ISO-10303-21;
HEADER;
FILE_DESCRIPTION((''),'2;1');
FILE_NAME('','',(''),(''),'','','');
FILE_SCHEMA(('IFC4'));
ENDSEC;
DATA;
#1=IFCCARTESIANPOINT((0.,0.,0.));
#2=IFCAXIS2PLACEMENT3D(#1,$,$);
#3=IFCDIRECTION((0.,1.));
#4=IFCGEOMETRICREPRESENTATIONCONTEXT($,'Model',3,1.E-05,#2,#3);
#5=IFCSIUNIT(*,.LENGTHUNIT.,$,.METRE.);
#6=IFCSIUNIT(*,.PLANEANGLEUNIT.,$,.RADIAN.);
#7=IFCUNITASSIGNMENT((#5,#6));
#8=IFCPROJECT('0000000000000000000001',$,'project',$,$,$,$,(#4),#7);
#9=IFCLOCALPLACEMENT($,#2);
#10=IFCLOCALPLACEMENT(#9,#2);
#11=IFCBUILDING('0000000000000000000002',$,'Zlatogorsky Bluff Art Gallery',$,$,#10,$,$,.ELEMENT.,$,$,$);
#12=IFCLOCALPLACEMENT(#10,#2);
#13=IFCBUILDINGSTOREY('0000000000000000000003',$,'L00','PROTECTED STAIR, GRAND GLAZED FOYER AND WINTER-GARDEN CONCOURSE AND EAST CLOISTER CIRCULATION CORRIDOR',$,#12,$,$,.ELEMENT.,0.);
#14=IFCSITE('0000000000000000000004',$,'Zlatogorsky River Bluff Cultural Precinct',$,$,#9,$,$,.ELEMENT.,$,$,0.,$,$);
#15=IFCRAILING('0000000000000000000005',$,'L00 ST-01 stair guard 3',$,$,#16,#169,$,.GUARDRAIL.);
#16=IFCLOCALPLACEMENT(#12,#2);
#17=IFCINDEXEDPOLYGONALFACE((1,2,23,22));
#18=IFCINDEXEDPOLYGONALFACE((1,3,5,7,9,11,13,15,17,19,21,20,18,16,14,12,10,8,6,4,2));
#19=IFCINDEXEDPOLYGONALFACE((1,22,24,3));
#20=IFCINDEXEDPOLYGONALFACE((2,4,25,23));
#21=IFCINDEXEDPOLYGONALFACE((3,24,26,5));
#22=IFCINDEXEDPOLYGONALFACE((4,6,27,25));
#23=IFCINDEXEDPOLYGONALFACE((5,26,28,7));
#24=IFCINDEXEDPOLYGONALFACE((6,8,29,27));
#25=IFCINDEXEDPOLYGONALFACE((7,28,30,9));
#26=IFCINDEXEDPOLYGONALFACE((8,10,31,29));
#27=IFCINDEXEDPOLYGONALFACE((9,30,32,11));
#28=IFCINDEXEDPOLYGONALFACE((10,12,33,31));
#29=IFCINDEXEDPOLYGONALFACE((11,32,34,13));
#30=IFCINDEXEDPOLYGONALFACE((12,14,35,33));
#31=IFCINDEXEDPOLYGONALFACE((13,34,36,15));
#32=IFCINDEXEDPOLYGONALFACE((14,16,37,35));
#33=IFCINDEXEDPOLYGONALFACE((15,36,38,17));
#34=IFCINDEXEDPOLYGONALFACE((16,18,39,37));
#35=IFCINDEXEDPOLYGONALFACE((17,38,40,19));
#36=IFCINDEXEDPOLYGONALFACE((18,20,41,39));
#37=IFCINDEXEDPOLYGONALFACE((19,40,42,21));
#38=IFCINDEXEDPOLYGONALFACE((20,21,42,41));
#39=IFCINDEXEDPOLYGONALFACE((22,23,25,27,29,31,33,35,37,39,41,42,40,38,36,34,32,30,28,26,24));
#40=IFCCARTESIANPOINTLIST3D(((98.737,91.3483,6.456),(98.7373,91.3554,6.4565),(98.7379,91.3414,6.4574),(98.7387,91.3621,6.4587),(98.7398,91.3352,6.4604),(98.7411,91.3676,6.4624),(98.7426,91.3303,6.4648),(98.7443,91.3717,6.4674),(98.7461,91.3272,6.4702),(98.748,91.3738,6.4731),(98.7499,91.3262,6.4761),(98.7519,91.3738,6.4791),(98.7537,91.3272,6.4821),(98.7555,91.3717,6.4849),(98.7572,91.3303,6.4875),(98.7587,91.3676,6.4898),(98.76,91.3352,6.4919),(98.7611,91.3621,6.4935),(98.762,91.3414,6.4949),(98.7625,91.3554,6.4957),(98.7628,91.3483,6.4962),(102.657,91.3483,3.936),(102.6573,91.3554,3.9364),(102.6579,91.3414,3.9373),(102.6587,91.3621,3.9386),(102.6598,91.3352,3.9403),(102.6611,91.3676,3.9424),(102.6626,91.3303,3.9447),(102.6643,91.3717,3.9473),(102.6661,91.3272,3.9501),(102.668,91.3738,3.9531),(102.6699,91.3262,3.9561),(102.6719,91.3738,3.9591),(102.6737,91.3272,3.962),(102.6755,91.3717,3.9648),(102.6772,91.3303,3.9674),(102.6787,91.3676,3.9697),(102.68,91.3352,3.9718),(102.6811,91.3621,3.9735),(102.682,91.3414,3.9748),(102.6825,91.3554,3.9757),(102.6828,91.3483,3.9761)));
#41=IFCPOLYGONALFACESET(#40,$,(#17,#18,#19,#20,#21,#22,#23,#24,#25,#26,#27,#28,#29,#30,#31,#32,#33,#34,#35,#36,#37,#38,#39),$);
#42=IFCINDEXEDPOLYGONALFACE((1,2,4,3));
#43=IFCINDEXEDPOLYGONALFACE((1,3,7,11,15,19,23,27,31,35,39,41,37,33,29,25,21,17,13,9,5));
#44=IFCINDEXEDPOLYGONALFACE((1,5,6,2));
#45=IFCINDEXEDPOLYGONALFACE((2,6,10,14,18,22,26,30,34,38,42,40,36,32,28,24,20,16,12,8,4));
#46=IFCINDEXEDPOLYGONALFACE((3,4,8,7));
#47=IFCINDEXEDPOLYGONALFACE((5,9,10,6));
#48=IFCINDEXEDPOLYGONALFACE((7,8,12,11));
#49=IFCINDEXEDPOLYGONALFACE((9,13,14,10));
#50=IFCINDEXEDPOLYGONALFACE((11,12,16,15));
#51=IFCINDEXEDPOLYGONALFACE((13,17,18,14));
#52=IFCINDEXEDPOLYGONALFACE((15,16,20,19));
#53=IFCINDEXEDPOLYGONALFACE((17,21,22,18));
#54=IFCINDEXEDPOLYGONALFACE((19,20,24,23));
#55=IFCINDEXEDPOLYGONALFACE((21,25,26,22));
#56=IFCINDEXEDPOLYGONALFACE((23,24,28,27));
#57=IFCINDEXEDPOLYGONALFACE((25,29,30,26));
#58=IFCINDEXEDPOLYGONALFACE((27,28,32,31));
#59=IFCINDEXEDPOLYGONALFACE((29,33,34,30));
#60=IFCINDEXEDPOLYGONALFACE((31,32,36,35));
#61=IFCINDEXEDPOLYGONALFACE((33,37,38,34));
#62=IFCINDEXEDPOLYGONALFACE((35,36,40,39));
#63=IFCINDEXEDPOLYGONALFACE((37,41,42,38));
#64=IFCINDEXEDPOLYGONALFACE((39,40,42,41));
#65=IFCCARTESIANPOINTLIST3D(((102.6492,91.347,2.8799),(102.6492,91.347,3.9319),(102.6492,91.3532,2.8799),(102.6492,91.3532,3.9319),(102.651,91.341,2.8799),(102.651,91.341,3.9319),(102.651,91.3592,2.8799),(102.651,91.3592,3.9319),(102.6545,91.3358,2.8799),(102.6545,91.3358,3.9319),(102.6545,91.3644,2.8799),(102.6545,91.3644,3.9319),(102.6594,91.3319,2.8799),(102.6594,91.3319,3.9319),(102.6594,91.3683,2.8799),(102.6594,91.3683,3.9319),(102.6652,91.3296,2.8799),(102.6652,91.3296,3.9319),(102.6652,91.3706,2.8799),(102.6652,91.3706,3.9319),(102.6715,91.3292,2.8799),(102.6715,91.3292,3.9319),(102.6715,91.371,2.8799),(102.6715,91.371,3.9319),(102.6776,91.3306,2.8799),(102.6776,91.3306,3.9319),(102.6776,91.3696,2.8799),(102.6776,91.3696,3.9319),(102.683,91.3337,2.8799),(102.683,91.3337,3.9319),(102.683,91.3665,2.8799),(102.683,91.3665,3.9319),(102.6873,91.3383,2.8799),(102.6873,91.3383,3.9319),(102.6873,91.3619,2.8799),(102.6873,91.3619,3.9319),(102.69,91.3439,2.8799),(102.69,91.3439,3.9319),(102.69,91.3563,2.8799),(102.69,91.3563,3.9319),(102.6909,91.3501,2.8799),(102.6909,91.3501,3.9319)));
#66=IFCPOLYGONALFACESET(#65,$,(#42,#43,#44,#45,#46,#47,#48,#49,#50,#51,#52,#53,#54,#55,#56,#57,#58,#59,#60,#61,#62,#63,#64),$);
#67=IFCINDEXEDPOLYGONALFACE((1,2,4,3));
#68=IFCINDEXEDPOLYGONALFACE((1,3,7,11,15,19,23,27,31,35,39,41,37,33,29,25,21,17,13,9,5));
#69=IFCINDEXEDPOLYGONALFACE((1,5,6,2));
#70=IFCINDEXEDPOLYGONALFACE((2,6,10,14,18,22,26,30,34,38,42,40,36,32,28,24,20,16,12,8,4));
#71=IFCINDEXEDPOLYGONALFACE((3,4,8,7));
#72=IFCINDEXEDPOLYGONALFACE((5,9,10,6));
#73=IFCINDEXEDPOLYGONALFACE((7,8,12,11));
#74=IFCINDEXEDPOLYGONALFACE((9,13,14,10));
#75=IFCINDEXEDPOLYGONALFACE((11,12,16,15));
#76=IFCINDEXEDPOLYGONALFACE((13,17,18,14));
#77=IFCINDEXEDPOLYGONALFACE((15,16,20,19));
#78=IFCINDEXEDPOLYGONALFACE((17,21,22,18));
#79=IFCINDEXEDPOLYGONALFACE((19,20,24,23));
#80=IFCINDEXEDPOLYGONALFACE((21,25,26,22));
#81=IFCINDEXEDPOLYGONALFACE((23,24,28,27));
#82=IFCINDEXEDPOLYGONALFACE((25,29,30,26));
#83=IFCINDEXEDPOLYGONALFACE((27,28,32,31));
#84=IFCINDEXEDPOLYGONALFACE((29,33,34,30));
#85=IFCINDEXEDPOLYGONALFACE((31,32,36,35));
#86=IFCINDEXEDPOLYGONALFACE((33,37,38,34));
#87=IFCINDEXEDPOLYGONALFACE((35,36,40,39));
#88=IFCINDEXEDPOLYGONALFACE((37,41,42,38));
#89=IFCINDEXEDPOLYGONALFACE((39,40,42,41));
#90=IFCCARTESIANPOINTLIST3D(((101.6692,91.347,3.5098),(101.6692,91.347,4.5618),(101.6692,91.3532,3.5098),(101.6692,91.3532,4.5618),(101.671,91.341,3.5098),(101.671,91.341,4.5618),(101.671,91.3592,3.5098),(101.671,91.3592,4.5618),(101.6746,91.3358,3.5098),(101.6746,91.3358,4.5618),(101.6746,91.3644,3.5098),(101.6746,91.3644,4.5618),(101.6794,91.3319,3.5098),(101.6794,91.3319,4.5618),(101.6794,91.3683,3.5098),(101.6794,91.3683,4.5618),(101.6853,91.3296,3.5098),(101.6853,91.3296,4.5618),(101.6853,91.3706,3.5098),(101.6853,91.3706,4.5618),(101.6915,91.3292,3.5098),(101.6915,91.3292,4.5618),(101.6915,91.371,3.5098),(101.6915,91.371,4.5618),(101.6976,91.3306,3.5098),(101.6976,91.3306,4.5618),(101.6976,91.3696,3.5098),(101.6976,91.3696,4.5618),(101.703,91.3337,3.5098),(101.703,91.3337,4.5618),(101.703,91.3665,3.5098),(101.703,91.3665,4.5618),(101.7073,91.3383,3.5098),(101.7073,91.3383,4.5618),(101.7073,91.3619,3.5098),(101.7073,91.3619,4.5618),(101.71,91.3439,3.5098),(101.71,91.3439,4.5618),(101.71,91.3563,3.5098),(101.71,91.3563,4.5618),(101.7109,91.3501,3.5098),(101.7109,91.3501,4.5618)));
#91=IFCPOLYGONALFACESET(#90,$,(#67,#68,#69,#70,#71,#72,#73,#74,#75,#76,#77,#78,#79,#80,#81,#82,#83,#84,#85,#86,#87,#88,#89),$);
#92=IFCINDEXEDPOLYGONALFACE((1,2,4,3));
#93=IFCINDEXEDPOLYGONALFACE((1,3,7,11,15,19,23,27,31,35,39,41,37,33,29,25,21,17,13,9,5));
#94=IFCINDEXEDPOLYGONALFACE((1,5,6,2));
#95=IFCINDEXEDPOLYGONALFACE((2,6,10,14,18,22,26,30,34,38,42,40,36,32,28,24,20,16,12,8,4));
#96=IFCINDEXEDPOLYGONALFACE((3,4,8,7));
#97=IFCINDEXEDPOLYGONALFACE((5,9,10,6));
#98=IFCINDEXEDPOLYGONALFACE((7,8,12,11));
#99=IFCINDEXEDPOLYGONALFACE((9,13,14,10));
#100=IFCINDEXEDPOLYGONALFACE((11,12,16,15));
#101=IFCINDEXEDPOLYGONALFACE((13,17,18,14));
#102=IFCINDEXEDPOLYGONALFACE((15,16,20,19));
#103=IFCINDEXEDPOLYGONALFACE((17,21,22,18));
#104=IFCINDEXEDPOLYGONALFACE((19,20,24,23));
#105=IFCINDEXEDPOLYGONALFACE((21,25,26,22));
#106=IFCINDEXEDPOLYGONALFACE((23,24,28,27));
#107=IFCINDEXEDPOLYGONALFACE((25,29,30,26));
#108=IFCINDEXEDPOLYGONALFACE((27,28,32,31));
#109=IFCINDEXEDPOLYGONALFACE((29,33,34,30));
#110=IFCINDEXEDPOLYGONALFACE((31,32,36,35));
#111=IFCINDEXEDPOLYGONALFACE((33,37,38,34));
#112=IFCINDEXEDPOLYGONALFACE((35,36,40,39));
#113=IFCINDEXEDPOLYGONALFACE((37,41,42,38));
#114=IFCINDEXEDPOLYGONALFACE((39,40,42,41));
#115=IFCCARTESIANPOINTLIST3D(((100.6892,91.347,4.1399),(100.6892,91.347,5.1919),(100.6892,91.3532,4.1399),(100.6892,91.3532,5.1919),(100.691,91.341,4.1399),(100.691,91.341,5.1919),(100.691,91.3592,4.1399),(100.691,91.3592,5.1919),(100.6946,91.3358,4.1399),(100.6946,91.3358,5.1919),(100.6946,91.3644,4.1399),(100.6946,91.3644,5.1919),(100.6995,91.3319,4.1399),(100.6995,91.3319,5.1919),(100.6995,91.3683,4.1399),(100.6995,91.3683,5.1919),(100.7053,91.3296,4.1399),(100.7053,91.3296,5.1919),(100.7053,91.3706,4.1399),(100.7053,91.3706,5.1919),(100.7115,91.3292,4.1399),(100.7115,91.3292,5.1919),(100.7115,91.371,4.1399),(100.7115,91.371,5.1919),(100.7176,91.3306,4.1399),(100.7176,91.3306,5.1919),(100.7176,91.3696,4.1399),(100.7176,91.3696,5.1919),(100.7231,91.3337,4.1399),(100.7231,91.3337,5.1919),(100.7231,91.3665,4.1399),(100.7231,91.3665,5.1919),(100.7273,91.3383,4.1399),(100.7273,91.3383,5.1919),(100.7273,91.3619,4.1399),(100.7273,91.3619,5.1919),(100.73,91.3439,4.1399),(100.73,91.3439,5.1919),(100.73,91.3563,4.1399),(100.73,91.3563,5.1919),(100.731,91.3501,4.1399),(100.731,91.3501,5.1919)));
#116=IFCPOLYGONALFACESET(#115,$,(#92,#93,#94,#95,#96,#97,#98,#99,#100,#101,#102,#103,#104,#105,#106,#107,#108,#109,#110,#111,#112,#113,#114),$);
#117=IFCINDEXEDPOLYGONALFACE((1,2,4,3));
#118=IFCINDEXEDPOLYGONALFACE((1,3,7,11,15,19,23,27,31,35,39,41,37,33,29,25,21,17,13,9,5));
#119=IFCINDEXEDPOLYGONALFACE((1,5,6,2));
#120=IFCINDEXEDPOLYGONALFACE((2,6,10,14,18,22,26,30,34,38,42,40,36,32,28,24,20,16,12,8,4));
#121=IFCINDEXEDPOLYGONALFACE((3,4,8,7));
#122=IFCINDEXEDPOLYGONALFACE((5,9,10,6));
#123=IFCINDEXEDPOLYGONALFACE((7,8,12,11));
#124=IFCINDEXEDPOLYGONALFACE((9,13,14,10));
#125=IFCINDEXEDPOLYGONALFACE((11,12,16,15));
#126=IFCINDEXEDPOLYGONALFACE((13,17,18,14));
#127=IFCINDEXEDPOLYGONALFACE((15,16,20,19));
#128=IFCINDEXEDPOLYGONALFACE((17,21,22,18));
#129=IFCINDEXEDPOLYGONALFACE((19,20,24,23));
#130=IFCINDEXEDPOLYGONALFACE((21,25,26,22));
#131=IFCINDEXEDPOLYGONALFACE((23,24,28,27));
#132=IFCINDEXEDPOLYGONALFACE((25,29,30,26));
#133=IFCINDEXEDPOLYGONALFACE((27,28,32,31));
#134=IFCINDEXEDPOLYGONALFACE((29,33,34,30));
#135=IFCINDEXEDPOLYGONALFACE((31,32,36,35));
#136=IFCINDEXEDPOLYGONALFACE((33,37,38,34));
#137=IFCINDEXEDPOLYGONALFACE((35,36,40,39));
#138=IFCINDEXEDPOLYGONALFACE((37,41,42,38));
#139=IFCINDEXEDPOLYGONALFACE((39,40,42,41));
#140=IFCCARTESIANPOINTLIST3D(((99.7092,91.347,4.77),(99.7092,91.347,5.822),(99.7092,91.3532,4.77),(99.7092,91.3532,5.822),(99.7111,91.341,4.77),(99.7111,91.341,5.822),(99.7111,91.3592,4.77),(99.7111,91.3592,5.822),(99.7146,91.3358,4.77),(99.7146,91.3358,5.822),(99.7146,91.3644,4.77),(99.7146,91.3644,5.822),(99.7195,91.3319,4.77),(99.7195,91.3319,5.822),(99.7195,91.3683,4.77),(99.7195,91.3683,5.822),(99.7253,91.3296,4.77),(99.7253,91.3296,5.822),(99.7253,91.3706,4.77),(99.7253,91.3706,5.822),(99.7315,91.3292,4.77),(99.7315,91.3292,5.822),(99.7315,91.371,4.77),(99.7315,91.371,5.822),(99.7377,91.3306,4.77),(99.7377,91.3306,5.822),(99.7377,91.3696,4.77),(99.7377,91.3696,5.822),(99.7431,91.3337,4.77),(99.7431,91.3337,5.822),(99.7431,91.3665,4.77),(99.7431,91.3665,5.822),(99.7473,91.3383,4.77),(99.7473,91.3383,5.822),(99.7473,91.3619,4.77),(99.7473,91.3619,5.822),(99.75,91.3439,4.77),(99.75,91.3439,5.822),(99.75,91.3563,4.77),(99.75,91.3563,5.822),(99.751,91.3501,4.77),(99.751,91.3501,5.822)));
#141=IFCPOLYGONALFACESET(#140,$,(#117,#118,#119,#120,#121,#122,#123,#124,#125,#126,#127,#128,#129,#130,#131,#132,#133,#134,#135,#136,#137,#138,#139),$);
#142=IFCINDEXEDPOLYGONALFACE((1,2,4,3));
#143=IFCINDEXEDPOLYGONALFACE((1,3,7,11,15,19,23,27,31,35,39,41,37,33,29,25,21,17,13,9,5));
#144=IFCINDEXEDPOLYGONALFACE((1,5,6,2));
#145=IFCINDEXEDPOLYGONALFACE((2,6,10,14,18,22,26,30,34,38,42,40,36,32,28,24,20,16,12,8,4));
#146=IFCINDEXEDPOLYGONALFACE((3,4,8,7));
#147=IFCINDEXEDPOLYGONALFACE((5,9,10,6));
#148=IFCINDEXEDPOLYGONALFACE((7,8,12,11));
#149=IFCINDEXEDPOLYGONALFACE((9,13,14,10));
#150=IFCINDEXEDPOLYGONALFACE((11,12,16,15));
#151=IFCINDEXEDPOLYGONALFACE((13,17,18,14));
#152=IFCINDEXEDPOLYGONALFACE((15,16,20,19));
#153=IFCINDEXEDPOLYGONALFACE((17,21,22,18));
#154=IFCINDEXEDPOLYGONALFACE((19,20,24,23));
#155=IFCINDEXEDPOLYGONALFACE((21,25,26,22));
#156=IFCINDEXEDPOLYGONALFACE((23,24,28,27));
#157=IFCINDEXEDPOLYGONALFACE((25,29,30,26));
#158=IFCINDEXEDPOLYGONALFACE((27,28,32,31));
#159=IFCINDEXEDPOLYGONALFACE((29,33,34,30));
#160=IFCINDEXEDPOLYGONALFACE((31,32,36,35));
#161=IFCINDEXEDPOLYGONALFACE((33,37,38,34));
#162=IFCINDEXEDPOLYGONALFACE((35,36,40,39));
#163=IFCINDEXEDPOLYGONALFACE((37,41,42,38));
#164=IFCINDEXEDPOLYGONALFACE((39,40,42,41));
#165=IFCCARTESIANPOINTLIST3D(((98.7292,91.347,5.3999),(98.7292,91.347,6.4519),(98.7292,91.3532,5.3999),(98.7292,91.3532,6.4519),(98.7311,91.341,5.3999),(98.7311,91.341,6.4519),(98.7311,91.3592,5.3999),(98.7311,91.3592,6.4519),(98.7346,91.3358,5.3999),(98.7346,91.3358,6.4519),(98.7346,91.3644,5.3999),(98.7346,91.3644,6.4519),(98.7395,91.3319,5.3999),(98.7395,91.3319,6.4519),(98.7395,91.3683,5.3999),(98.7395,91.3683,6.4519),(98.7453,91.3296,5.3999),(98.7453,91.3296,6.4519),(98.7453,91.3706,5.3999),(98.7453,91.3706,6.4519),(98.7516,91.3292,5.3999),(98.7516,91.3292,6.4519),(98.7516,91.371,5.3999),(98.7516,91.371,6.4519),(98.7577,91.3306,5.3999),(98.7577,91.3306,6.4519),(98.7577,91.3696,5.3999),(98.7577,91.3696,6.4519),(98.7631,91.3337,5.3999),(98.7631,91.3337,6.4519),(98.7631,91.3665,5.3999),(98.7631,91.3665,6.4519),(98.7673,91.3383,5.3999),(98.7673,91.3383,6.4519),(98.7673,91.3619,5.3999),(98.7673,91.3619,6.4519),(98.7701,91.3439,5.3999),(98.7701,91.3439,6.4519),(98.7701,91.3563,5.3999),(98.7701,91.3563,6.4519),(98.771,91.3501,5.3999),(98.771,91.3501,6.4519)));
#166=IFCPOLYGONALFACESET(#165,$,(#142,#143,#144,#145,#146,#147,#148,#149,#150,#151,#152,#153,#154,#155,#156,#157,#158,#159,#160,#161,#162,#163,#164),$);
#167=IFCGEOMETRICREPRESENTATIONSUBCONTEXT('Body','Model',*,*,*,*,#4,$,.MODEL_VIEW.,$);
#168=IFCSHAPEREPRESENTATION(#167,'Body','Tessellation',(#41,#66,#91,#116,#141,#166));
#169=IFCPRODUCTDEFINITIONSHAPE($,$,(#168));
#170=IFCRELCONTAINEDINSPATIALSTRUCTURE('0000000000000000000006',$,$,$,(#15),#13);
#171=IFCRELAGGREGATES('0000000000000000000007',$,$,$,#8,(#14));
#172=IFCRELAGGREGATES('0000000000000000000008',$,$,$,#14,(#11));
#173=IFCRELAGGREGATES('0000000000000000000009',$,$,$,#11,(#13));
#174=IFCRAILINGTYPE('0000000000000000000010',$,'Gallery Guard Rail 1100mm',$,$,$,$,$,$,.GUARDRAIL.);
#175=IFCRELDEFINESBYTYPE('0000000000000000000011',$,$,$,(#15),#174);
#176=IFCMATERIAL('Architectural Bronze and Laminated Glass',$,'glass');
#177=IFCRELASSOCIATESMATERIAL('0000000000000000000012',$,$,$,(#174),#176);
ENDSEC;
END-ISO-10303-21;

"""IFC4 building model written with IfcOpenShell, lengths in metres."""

from ifc_helpers import new_model, si_unit, direction, frame, origin, origin_2d, place, context, subcontext, project, spatial, circle, extrude, material, type_object, element, save


model = new_model("IFC4")

# Units and contexts
model_context = context("Model", 3, precision=1e-05, world=origin(), true_north=direction((0.0, 1.0)))
body_context = subcontext(model_context, "Body", "Model", "MODEL_VIEW")
ifc_project = project(units=[si_unit("LENGTHUNIT", "METRE"), si_unit("PLANEANGLEUNIT", "RADIAN")], contexts=[model_context])

# Site, building, storey
site_placement = place(None, origin())
site = spatial("IfcSite", under=ifc_project, at=site_placement, Name="Zlatogorsky River Bluff Cultural Precinct", CompositionType="ELEMENT", RefElevation=0.0)
building_placement = place(site_placement, origin())
building = spatial("IfcBuilding", under=site, at=building_placement, Name="Zlatogorsky Bluff Art Gallery", CompositionType="ELEMENT")
storey_placement = place(building_placement, origin())
storey = spatial("IfcBuildingStorey", under=building, at=storey_placement, Name="L00", Description="PROTECTED STAIR, GRAND GLAZED FOYER AND WINTER-GARDEN CONCOURSE AND EAST CLOISTER CIRCULATION CORRIDOR", CompositionType="ELEMENT", Elevation=0.0)

# Railing
ifc_material_1 = material(Name="Architectural Bronze and Laminated Glass", Category="glass")
railing_type_1 = type_object("IfcRailingType", Name="Gallery Guard Rail 1100mm", PredefinedType="GUARDRAIL", material=ifc_material_1)
railing_1_placement = place(storey_placement, frame((102.6699, 91.3501, 2.8799)))
element("IfcRailing", 1, at=railing_1_placement, inside=storey, type_object=railing_type_1, Name="L00 ST-01 stair guard 3", PredefinedType="GUARDRAIL", context=body_context, shape_type="SweptSolid", body=[
    extrude(circle(Radius=0.0239, at=origin_2d()), frame((0.0, 0.0, 1.0762), z_axis=(-0.841172, 0.0, 0.540768), x_axis=(0.0, -1.0, 0.0)), (0.0, 0.0, 1.0), 4.6602),
    extrude(circle(Radius=0.021, at=origin_2d()), origin(), (0.0, 0.0, 1.0), 1.052),
    extrude(circle(Radius=0.021, at=origin_2d()), frame((-0.98, 0.0, 0.6299)), (0.0, 0.0, 1.0), 1.052),
    extrude(circle(Radius=0.021, at=origin_2d()), frame((-1.96, 0.0, 1.26)), (0.0, 0.0, 1.0), 1.052),
    extrude(circle(Radius=0.021, at=origin_2d()), frame((-2.9399, 0.0, 1.8901)), (0.0, 0.0, 1.0), 1.052),
    extrude(circle(Radius=0.021, at=origin_2d()), frame((-3.9199, 0.0, 2.52)), (0.0, 0.0, 1.0), 1.052),
])

save(model, "model.ifc")
